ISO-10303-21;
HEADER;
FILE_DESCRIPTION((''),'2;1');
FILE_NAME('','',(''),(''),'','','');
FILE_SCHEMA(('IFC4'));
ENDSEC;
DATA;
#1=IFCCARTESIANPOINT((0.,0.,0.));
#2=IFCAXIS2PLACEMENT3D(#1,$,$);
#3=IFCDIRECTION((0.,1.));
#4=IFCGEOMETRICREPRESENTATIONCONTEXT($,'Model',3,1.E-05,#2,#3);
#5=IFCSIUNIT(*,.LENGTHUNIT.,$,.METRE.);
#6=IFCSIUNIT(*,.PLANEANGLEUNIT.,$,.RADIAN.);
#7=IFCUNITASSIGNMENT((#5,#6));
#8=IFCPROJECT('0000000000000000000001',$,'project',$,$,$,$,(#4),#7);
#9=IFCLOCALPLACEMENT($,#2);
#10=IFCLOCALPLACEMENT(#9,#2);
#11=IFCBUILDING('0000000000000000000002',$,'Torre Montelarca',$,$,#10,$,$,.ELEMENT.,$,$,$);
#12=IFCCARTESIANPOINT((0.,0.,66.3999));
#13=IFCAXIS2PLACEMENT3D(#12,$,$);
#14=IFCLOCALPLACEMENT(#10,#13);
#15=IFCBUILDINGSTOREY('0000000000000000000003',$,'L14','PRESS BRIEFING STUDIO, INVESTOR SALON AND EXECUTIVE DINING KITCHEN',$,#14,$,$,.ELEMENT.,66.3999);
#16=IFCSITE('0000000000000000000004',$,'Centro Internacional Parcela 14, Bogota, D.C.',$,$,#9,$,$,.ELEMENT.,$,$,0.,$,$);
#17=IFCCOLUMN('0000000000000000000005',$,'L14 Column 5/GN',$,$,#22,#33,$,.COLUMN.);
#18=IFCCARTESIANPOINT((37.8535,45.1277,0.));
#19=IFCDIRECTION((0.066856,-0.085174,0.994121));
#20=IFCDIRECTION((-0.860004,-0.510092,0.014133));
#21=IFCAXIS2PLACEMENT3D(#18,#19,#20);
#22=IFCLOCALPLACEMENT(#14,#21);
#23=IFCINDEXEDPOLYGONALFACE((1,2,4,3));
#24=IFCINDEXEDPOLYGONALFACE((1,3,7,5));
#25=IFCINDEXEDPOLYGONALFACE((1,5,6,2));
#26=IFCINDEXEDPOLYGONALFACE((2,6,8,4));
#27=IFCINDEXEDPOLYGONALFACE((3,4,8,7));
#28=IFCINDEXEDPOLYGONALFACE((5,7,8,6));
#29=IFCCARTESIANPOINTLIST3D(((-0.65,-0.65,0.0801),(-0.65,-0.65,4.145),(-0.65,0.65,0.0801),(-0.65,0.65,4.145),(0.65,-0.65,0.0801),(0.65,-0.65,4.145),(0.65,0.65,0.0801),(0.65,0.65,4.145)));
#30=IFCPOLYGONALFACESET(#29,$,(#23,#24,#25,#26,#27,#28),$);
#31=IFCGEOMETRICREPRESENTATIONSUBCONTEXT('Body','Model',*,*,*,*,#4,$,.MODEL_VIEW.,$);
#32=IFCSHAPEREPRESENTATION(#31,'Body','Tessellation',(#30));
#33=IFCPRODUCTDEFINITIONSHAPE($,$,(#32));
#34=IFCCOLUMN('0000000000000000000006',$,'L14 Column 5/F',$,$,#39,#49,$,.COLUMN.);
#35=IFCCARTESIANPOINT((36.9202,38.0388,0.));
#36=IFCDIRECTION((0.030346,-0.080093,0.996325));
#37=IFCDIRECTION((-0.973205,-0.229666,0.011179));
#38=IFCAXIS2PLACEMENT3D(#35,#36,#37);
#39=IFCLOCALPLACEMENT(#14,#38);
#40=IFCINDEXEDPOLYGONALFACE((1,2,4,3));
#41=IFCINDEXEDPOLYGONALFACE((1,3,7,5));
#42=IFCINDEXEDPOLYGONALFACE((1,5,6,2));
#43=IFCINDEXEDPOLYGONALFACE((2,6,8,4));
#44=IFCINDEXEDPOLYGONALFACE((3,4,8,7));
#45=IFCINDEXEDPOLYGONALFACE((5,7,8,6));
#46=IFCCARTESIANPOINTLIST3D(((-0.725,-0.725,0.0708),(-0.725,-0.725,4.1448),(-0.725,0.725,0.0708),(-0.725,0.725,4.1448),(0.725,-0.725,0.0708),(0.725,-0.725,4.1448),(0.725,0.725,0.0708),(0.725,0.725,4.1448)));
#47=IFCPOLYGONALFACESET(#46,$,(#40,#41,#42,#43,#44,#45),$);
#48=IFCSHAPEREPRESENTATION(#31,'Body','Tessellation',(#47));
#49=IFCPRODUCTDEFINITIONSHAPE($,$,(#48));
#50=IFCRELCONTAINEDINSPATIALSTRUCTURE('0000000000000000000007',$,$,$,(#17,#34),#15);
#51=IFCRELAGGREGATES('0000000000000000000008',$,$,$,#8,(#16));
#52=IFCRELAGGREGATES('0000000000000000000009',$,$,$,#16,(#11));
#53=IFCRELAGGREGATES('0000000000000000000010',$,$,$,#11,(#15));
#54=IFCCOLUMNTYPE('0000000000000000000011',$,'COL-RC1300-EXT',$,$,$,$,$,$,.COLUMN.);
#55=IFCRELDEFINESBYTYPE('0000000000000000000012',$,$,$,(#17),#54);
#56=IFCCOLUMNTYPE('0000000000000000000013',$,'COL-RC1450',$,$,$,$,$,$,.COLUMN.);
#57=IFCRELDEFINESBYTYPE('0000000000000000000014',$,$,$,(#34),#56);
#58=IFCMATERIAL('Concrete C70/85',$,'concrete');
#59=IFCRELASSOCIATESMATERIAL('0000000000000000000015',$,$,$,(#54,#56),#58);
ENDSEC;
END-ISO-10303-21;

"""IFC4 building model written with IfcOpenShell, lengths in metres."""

from ifc_helpers import new_model, si_unit, direction, frame, origin, origin_2d, place, context, subcontext, project, spatial, rectangle, extrude, clip, halfspace, material, material_profile, profile_set, type_object, element, save


model = new_model("IFC4")

# Units and contexts
model_context = context("Model", 3, precision=1e-05, world=origin(), true_north=direction((0.0, 1.0)))
body_context = subcontext(model_context, "Body", "Model", "MODEL_VIEW")
ifc_project = project(units=[si_unit("LENGTHUNIT", "METRE"), si_unit("PLANEANGLEUNIT", "RADIAN")], contexts=[model_context])

# Site, building, storey
site_placement = place(None, origin())
site = spatial("IfcSite", under=ifc_project, at=site_placement, Name="Centro Internacional Parcela 14, Bogota, D.C.", CompositionType="ELEMENT", RefElevation=0.0)
building_placement = place(site_placement, origin())
building = spatial("IfcBuilding", under=site, at=building_placement, Name="Torre Montelarca", CompositionType="ELEMENT")
storey_placement = place(building_placement, frame((0.0, 0.0, 66.3999)))
storey = spatial("IfcBuildingStorey", under=building, at=storey_placement, Name="L14", Description="PRESS BRIEFING STUDIO, INVESTOR SALON AND EXECUTIVE DINING KITCHEN", CompositionType="ELEMENT", Elevation=66.3999)

# Columns
ifc_material_1 = material(Name="Concrete C70/85", Category="concrete")
ifc_material_profile_1 = material_profile(ifc_material_1, rectangle(XDim=1.3, YDim=1.3, at=origin_2d()), Name="RC1300X1300", Category="concrete")
ifc_profile_set_1 = profile_set([ifc_material_profile_1], Name="Concrete C70/85")
column_type_1 = type_object("IfcColumnType", Name="COL-RC1300-EXT", PredefinedType="COLUMN", material=ifc_profile_set_1)
column_1_placement = place(storey_placement, frame((37.8535, 45.1277, 0.0), z_axis=(0.066856, -0.085174, 0.994121), x_axis=(-0.860004, -0.510092, 0.014133)))
element("IfcColumn", 1, at=column_1_placement, inside=storey, type_object=column_type_1, Name="L14 Column 5/GN", PredefinedType="COLUMN", context=body_context, shape_type="Clipping", body=[
    clip(clip(extrude(rectangle(XDim=1.3, YDim=1.3, at=origin_2d()), origin(), (0.0, 0.0, 1.0), 4.2251), halfspace(frame((0.0, 0.0, 0.0801), z_axis=(0.0, 0.0, -1.0), x_axis=(1.0, 0.0, 0.0)), False)), halfspace(frame((0.0, 0.0, 4.145), z_axis=(0.0, 0.0, 1.0), x_axis=(1.0, 0.0, 0.0)), False)),
])
ifc_material_profile_2 = material_profile(ifc_material_1, rectangle(XDim=1.45, YDim=1.45, at=origin_2d()), Name="RC1450X1450", Category="concrete")
ifc_profile_set_2 = profile_set([ifc_material_profile_2], Name="Concrete C70/85")
column_type_2 = type_object("IfcColumnType", Name="COL-RC1450", PredefinedType="COLUMN", material=ifc_profile_set_2)
column_2_placement = place(storey_placement, frame((36.9202, 38.0388, 0.0), z_axis=(0.030346, -0.080093, 0.996325), x_axis=(-0.973205, -0.229666, 0.011179)))
element("IfcColumn", 2, at=column_2_placement, inside=storey, type_object=column_type_2, Name="L14 Column 5/F", PredefinedType="COLUMN", context=body_context, shape_type="Clipping", body=[
    clip(clip(extrude(rectangle(XDim=1.45, YDim=1.45, at=origin_2d()), origin(), (0.0, 0.0, 1.0), 4.2156), halfspace(frame((0.0, 0.0, 0.0708), z_axis=(0.0, 0.0, -1.0), x_axis=(1.0, 0.0, 0.0)), False)), halfspace(frame((0.0, 0.0, 4.1448), z_axis=(0.0, 0.0, 1.0), x_axis=(1.0, 0.0, 0.0)), False)),
])

save(model, "model.ifc")
